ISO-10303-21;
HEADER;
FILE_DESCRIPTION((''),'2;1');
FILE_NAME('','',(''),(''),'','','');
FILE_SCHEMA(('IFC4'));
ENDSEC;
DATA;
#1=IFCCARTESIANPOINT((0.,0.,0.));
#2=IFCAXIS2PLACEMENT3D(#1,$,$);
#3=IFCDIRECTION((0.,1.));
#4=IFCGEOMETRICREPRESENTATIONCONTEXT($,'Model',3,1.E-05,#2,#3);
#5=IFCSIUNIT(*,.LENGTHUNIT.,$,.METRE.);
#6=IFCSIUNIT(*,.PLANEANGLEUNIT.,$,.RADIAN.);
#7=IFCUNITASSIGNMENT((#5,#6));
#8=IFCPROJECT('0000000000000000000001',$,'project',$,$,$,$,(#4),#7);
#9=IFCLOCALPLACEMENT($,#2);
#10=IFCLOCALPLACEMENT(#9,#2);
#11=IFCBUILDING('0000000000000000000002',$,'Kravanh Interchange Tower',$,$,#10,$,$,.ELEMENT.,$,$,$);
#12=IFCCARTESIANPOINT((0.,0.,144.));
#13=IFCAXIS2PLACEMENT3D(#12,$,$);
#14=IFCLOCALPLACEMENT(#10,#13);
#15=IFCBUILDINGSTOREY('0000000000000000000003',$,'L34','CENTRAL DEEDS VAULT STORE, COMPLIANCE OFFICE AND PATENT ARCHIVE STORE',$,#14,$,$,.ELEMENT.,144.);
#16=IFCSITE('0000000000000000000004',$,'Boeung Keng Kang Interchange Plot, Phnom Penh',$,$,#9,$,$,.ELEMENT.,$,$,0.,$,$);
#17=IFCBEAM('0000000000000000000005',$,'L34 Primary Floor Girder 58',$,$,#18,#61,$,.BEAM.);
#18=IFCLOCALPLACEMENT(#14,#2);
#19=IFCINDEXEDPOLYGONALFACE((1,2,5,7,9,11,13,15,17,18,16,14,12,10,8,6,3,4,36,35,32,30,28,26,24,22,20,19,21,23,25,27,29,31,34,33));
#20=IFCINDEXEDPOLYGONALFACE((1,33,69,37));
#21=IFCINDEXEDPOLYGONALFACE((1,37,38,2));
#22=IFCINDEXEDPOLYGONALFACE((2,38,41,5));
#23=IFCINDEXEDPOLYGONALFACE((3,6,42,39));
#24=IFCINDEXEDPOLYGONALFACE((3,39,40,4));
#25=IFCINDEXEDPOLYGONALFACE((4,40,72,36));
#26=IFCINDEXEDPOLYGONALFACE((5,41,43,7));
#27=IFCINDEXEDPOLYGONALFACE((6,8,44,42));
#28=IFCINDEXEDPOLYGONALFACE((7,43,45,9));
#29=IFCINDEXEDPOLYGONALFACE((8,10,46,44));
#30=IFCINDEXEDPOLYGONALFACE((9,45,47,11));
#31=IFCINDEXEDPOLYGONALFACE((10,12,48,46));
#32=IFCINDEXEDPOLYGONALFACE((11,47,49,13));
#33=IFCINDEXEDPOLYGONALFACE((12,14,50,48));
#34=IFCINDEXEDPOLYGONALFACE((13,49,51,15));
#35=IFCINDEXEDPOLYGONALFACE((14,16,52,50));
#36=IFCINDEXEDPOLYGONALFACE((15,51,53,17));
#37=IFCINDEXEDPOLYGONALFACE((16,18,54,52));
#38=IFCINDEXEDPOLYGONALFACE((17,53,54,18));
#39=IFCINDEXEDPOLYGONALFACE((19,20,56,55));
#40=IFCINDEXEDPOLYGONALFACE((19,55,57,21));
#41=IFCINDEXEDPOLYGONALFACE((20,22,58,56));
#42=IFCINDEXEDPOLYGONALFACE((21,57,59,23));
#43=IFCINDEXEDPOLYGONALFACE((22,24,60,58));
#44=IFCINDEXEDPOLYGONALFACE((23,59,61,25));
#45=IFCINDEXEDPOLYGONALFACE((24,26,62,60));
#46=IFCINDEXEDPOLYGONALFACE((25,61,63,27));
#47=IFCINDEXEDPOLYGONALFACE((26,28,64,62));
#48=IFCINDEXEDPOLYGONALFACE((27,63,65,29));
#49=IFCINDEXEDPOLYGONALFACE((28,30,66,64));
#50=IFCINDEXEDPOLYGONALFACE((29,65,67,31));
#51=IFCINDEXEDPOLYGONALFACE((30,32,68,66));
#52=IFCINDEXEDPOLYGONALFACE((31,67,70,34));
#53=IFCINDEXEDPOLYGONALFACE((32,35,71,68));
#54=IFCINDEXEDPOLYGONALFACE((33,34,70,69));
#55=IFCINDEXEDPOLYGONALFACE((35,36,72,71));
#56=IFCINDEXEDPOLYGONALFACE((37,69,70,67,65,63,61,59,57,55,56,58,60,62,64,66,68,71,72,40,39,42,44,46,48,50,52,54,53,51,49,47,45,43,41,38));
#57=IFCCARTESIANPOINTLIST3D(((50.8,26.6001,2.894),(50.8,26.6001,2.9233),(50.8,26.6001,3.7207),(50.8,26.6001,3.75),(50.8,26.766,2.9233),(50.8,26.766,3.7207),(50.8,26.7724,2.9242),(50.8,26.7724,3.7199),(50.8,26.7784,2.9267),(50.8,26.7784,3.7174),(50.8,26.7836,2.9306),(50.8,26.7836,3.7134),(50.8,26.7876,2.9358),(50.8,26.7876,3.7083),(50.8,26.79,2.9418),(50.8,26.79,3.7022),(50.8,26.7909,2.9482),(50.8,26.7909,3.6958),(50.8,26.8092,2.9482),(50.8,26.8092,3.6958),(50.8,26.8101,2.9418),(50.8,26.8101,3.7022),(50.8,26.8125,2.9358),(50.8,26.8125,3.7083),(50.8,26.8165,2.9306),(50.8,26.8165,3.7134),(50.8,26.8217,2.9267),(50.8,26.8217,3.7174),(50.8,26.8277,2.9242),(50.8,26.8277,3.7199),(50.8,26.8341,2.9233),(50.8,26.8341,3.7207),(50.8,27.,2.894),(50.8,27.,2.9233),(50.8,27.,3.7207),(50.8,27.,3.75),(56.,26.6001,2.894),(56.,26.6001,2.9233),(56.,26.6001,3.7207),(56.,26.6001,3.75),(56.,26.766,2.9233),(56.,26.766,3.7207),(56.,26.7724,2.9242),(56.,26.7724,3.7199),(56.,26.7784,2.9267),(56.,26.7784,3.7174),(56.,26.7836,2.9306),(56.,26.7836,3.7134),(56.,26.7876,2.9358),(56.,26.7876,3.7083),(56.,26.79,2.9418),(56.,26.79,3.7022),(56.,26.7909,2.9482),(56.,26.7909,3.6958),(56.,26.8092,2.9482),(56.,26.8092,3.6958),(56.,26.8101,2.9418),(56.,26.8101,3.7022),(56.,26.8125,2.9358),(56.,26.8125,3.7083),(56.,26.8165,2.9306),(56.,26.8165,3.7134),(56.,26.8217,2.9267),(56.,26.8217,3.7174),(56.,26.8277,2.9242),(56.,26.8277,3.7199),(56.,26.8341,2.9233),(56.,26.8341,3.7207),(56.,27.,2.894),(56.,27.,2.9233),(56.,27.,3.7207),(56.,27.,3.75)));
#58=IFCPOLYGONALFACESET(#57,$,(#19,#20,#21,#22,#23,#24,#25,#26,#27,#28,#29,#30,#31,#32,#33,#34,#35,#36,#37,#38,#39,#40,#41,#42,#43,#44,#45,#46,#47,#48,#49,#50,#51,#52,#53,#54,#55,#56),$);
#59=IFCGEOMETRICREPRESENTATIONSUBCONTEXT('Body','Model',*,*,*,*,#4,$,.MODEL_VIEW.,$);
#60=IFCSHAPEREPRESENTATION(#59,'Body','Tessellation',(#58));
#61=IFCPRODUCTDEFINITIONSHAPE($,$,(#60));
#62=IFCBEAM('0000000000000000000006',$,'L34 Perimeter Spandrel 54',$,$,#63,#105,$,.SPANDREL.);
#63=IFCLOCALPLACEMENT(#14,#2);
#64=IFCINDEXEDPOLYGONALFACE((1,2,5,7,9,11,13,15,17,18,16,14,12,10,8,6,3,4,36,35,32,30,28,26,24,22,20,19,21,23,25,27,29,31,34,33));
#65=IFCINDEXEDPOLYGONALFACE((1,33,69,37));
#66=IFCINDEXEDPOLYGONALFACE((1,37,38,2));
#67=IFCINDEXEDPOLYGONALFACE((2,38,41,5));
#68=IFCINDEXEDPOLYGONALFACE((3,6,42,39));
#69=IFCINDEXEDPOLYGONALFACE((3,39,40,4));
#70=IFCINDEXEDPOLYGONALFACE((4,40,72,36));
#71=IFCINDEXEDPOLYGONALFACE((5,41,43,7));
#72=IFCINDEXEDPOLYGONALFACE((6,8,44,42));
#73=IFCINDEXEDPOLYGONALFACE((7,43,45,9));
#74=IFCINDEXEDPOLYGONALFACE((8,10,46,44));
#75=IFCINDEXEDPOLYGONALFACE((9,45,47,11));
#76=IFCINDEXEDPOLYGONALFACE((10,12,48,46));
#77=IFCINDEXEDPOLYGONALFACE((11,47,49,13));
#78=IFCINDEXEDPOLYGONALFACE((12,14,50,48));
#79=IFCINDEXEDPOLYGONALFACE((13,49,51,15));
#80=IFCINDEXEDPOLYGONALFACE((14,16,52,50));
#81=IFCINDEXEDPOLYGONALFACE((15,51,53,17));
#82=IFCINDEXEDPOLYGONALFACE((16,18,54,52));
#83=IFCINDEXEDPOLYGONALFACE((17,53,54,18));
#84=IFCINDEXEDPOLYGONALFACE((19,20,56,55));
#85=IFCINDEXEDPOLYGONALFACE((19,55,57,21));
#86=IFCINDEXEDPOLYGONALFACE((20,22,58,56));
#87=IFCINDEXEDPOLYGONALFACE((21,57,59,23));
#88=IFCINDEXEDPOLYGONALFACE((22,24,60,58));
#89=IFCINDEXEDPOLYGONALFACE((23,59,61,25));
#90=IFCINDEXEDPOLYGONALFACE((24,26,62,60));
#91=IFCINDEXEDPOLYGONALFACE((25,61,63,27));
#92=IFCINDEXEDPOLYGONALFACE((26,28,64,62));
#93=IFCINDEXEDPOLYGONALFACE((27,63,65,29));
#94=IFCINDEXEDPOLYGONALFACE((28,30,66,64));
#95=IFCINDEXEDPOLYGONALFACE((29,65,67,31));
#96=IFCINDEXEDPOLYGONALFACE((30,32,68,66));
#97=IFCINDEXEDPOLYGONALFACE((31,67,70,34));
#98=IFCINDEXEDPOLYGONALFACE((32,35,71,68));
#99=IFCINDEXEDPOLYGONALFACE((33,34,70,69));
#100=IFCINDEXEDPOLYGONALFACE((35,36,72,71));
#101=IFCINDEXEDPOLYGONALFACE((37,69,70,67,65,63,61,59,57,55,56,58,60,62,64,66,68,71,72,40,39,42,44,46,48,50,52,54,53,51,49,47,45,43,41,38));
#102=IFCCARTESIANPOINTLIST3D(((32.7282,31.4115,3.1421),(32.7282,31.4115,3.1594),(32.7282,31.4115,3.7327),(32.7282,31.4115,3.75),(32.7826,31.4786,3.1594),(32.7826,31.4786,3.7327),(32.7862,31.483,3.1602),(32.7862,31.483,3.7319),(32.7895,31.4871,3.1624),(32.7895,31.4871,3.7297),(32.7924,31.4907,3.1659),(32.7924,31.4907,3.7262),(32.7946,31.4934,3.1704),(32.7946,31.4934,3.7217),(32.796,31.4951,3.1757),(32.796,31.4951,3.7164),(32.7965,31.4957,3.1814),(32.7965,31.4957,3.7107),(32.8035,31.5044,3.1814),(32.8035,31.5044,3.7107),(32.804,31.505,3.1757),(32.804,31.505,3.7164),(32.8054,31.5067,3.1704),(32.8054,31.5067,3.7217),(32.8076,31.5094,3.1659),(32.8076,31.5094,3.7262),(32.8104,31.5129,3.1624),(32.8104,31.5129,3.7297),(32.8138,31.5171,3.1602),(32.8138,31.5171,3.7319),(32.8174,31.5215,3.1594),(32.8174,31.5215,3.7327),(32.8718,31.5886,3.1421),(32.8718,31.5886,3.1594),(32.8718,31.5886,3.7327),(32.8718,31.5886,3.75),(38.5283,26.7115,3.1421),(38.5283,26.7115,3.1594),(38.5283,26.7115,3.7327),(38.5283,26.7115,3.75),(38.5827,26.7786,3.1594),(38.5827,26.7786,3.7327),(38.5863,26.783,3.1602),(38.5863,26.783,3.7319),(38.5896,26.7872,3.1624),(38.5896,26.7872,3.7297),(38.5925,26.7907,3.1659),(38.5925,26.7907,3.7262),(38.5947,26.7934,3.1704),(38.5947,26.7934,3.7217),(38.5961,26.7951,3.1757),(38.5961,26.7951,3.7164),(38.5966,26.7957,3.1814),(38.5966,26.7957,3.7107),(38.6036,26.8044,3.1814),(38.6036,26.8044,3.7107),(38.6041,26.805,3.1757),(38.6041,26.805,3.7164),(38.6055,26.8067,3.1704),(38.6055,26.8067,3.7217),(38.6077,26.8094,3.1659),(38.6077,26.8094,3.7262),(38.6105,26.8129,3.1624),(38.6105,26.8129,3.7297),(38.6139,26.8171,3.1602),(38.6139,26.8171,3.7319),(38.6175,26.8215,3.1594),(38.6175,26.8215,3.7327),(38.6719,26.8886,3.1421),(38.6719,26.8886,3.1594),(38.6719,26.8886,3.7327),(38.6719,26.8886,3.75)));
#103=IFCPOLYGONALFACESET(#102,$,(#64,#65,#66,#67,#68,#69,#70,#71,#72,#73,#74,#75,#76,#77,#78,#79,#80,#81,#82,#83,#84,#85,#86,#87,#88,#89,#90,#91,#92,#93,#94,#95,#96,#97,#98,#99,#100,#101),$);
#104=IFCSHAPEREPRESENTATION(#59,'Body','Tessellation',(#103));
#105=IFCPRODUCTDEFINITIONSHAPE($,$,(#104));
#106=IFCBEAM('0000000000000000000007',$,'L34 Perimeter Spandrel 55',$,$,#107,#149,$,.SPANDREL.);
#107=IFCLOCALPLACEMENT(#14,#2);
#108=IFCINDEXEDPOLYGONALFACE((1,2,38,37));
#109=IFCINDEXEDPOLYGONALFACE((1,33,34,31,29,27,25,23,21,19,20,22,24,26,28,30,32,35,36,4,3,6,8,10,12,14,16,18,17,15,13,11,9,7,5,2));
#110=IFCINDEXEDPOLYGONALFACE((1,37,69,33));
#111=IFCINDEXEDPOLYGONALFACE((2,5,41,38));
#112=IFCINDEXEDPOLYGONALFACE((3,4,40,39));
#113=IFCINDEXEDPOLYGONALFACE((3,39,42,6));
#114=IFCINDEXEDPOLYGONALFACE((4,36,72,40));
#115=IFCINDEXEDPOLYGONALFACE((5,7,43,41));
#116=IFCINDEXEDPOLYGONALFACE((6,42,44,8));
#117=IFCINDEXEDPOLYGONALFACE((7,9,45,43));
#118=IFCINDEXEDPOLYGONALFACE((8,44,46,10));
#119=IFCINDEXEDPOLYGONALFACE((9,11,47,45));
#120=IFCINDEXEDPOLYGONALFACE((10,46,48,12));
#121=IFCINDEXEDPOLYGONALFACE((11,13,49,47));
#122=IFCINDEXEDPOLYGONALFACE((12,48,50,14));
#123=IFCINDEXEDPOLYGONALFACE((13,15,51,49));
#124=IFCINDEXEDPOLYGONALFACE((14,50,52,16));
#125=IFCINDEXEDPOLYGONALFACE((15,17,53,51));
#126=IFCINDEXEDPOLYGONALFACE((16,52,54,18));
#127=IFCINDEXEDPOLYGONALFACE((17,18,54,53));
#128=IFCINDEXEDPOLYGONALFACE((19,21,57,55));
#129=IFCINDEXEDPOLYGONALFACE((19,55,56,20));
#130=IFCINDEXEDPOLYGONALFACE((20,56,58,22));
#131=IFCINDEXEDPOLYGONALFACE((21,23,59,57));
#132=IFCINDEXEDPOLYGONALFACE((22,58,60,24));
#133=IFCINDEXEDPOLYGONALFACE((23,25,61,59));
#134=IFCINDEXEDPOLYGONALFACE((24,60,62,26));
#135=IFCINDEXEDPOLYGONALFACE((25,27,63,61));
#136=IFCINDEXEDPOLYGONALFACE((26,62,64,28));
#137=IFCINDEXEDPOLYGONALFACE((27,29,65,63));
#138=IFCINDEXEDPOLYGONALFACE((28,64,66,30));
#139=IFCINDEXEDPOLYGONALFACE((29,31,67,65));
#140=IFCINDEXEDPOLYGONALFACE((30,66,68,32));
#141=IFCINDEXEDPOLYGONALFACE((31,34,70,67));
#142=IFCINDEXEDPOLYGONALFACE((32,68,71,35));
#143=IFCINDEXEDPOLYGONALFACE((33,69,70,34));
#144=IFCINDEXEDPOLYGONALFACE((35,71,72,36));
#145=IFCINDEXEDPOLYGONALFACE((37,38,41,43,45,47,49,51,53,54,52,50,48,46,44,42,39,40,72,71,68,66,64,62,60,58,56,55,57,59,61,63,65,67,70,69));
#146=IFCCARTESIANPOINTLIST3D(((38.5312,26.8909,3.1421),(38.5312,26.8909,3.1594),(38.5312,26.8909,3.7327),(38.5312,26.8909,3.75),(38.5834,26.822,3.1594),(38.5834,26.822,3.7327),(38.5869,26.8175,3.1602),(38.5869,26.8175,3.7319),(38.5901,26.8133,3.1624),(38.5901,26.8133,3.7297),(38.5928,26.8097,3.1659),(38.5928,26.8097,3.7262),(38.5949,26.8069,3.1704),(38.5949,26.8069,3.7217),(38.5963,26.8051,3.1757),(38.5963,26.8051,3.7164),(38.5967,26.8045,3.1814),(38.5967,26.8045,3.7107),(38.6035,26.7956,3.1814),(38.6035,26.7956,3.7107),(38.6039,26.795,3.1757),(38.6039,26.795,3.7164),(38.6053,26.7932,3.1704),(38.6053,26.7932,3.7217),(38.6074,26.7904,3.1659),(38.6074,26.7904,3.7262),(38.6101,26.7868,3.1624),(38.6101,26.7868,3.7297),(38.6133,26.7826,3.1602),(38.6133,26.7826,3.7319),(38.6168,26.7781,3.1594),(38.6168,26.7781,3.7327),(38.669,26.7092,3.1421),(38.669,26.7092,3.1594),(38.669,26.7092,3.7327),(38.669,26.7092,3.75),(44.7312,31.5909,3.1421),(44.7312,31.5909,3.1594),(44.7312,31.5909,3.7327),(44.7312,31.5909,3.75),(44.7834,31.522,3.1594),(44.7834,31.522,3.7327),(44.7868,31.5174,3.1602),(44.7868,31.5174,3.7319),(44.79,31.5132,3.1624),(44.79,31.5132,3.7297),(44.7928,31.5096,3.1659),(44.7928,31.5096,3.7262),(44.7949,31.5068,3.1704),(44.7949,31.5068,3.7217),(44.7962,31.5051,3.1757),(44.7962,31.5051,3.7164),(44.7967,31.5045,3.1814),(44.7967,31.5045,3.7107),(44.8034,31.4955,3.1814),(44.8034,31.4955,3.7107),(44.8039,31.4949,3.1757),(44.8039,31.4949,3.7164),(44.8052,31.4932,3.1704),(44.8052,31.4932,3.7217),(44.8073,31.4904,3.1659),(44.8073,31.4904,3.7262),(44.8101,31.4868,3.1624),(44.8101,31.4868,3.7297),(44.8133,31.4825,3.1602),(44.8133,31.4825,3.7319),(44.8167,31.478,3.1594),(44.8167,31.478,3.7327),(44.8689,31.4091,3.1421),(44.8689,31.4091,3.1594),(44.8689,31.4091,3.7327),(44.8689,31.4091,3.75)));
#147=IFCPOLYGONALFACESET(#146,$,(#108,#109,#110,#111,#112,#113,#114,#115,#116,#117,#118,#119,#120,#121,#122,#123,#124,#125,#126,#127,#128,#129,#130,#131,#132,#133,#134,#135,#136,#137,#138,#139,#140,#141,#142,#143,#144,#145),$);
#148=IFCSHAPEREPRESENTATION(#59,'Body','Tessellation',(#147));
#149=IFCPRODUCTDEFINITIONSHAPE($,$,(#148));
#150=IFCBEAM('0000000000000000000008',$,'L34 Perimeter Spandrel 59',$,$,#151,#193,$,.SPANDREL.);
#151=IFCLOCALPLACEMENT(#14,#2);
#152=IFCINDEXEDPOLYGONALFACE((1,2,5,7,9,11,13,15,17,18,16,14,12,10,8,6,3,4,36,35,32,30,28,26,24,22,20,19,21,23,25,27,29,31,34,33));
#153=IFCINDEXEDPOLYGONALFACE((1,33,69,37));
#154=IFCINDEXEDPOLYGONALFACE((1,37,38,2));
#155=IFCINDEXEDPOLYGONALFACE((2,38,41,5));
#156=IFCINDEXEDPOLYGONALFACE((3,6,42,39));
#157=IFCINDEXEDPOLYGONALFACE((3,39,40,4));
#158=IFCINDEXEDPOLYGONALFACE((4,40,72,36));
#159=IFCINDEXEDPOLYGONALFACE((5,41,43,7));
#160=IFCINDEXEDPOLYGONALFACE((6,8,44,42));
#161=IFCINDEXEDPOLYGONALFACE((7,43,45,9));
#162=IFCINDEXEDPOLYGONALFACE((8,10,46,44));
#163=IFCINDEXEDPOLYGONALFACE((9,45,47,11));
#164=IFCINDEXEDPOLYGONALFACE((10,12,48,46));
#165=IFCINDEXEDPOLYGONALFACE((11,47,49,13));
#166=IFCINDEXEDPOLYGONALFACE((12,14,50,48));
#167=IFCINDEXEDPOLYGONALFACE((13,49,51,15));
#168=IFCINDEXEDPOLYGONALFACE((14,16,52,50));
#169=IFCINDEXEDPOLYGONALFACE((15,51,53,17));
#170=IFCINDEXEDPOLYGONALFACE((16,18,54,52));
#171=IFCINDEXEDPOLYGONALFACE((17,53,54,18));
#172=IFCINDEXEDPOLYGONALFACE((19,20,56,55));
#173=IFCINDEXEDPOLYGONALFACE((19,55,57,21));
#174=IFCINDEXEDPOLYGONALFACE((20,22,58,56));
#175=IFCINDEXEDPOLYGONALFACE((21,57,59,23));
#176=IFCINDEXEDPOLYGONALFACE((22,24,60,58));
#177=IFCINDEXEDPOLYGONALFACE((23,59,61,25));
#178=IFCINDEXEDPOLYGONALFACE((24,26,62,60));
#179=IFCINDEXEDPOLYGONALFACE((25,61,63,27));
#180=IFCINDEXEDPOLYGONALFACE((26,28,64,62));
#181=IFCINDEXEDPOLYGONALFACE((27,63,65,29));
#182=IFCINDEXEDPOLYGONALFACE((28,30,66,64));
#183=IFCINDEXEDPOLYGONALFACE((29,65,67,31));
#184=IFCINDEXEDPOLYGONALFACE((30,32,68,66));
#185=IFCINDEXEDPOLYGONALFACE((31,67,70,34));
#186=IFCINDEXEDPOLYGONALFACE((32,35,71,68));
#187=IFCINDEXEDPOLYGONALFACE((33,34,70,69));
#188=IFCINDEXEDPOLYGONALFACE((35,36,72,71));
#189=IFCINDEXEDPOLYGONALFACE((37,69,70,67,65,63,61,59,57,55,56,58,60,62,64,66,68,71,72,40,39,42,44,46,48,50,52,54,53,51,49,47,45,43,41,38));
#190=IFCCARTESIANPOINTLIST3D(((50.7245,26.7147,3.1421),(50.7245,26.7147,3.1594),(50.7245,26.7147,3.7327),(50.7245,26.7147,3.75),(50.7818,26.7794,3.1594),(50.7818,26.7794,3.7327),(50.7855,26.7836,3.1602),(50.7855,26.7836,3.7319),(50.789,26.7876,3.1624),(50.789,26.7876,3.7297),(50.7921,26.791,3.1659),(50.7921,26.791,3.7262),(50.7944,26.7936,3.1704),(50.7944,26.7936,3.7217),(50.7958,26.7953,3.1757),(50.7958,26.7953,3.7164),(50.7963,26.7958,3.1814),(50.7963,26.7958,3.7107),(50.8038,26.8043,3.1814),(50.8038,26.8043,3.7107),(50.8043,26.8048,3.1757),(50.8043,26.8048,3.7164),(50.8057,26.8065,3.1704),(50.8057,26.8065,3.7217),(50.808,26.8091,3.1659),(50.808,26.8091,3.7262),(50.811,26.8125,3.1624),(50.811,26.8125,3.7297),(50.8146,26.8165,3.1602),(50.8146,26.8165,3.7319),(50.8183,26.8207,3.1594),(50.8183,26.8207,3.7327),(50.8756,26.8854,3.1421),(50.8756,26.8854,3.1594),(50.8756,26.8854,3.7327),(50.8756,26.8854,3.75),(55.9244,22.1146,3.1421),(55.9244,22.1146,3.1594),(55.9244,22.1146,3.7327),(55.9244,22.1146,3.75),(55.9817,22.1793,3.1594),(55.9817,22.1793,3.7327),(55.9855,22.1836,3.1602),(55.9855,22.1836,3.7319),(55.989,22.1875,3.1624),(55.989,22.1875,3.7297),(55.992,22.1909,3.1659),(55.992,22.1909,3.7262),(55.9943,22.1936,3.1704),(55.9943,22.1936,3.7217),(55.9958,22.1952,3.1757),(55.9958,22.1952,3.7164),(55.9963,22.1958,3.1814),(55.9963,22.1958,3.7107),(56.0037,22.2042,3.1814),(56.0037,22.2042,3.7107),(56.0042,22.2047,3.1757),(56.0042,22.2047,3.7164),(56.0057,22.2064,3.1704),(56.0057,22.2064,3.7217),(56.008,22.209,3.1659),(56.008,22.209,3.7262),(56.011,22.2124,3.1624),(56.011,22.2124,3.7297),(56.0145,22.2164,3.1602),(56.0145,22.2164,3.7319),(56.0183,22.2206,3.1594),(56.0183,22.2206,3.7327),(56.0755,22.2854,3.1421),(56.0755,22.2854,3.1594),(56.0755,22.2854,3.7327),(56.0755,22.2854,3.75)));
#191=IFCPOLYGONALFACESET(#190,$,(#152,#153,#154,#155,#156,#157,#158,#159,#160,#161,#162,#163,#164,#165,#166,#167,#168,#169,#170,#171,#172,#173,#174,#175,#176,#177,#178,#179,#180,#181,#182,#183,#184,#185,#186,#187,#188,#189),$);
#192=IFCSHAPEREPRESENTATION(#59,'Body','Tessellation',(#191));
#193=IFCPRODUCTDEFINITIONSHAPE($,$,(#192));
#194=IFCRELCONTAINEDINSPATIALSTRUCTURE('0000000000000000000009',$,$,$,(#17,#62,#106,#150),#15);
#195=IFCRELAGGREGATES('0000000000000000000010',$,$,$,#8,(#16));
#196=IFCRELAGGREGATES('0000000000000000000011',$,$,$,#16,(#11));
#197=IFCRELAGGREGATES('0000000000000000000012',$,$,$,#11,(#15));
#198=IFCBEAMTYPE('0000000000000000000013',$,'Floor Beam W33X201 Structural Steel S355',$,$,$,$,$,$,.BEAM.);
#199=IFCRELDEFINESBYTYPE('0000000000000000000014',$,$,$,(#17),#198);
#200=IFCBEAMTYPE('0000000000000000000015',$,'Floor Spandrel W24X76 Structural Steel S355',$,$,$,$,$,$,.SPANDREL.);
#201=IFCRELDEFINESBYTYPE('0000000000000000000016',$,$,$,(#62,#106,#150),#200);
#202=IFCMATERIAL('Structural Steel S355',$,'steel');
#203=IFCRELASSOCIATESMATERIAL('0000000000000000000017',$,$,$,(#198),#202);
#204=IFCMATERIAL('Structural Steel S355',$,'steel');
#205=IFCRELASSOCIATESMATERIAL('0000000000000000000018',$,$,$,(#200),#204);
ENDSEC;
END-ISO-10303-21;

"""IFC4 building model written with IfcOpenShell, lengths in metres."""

from ifc_helpers import new_model, si_unit, direction, frame, origin, origin_2d, place, context, subcontext, project, spatial, i_section, extrude, material, material_profile, profile_set, type_object, element, save


model = new_model("IFC4")

# Units and contexts
model_context = context("Model", 3, precision=1e-05, world=origin(), true_north=direction((0.0, 1.0)))
body_context = subcontext(model_context, "Body", "Model", "MODEL_VIEW")
ifc_project = project(units=[si_unit("LENGTHUNIT", "METRE"), si_unit("PLANEANGLEUNIT", "RADIAN")], contexts=[model_context])

# Site, building, storey
site_placement = place(None, origin())
site = spatial("IfcSite", under=ifc_project, at=site_placement, Name="Boeung Keng Kang Interchange Plot, Phnom Penh", CompositionType="ELEMENT", RefElevation=0.0)
building_placement = place(site_placement, origin())
building = spatial("IfcBuilding", under=site, at=building_placement, Name="Kravanh Interchange Tower", CompositionType="ELEMENT")
storey_placement = place(building_placement, frame((0.0, 0.0, 144.0)))
storey = spatial("IfcBuildingStorey", under=building, at=storey_placement, Name="L34", Description="CENTRAL DEEDS VAULT STORE, COMPLIANCE OFFICE AND PATENT ARCHIVE STORE", CompositionType="ELEMENT", Elevation=144.0)

# Beams
ifc_material_1 = material(Name="Structural Steel S355", Category="steel")
ifc_material_profile_1 = material_profile(ifc_material_1, i_section(OverallWidth=0.3999, OverallDepth=0.856, WebThickness=0.0183, FlangeThickness=0.0293, FilletRadius=0.0249, at=origin_2d()), Name="W33X201")
ifc_profile_set_1 = profile_set([ifc_material_profile_1], Name="Structural Steel S355")
beam_type_1 = type_object("IfcBeamType", Name="Floor Beam W33X201 Structural Steel S355", PredefinedType="BEAM", material=ifc_profile_set_1)
beam_1_placement = place(storey_placement, frame((50.8, 26.8, 3.322), z_axis=(1.0, 0.0, 0.0), x_axis=(0.0, 1.0, 0.0)))
element("IfcBeam", 1, at=beam_1_placement, inside=storey, type_object=beam_type_1, Name="L34 Primary Floor Girder 58", PredefinedType="BEAM", context=body_context, shape_type="SweptSolid", body=[
    extrude(i_section(OverallWidth=0.3999, OverallDepth=0.856, WebThickness=0.0183, FlangeThickness=0.0293, FilletRadius=0.0249, at=origin_2d()), origin(), (0.0, 0.0, 1.0), 5.2),
])
ifc_material_2 = material(Name="Structural Steel S355", Category="steel")
ifc_material_profile_2 = material_profile(ifc_material_2, i_section(OverallWidth=0.228, OverallDepth=0.6079, WebThickness=0.0112, FlangeThickness=0.0173, FilletRadius=0.022, at=origin_2d()), Name="W24X76")
ifc_profile_set_2 = profile_set([ifc_material_profile_2], Name="Structural Steel S355")
beam_type_2 = type_object("IfcBeamType", Name="Floor Spandrel W24X76 Structural Steel S355", PredefinedType="SPANDREL", material=ifc_profile_set_2)
beam_2_placement = place(storey_placement, frame((38.6001, 26.8, 3.446), z_axis=(-0.776939, 0.629576, 0.0), x_axis=(-0.629576, -0.776939, 0.0)))
element("IfcBeam", 2, at=beam_2_placement, inside=storey, type_object=beam_type_2, Name="L34 Perimeter Spandrel 54", PredefinedType="SPANDREL", context=body_context, shape_type="SweptSolid", body=[
    extrude(i_section(OverallWidth=0.228, OverallDepth=0.6079, WebThickness=0.0112, FlangeThickness=0.0173, FilletRadius=0.022, at=origin_2d()), origin(), (0.0, 0.0, 1.0), 7.4653),
])
beam_3_placement = place(storey_placement, frame((38.6001, 26.8, 3.446), z_axis=(0.796905, 0.604104, 0.0), x_axis=(-0.604104, 0.796905, 0.0)))
element("IfcBeam", 3, at=beam_3_placement, inside=storey, type_object=beam_type_2, Name="L34 Perimeter Spandrel 55", PredefinedType="SPANDREL", context=body_context, shape_type="SweptSolid", body=[
    extrude(i_section(OverallWidth=0.228, OverallDepth=0.6079, WebThickness=0.0112, FlangeThickness=0.0173, FilletRadius=0.022, at=origin_2d()), origin(), (0.0, 0.0, 1.0), 7.78),
])
beam_4_placement = place(storey_placement, frame((50.8, 26.8, 3.446), z_axis=(0.748986, -0.662585, 0.0), x_axis=(0.662585, 0.748986, 0.0)))
element("IfcBeam", 4, at=beam_4_placement, inside=storey, type_object=beam_type_2, Name="L34 Perimeter Spandrel 59", PredefinedType="SPANDREL", context=body_context, shape_type="SweptSolid", body=[
    extrude(i_section(OverallWidth=0.228, OverallDepth=0.6079, WebThickness=0.0112, FlangeThickness=0.0173, FilletRadius=0.022, at=origin_2d()), origin(), (0.0, 0.0, 1.0), 6.9426),
])

save(model, "model.ifc")
